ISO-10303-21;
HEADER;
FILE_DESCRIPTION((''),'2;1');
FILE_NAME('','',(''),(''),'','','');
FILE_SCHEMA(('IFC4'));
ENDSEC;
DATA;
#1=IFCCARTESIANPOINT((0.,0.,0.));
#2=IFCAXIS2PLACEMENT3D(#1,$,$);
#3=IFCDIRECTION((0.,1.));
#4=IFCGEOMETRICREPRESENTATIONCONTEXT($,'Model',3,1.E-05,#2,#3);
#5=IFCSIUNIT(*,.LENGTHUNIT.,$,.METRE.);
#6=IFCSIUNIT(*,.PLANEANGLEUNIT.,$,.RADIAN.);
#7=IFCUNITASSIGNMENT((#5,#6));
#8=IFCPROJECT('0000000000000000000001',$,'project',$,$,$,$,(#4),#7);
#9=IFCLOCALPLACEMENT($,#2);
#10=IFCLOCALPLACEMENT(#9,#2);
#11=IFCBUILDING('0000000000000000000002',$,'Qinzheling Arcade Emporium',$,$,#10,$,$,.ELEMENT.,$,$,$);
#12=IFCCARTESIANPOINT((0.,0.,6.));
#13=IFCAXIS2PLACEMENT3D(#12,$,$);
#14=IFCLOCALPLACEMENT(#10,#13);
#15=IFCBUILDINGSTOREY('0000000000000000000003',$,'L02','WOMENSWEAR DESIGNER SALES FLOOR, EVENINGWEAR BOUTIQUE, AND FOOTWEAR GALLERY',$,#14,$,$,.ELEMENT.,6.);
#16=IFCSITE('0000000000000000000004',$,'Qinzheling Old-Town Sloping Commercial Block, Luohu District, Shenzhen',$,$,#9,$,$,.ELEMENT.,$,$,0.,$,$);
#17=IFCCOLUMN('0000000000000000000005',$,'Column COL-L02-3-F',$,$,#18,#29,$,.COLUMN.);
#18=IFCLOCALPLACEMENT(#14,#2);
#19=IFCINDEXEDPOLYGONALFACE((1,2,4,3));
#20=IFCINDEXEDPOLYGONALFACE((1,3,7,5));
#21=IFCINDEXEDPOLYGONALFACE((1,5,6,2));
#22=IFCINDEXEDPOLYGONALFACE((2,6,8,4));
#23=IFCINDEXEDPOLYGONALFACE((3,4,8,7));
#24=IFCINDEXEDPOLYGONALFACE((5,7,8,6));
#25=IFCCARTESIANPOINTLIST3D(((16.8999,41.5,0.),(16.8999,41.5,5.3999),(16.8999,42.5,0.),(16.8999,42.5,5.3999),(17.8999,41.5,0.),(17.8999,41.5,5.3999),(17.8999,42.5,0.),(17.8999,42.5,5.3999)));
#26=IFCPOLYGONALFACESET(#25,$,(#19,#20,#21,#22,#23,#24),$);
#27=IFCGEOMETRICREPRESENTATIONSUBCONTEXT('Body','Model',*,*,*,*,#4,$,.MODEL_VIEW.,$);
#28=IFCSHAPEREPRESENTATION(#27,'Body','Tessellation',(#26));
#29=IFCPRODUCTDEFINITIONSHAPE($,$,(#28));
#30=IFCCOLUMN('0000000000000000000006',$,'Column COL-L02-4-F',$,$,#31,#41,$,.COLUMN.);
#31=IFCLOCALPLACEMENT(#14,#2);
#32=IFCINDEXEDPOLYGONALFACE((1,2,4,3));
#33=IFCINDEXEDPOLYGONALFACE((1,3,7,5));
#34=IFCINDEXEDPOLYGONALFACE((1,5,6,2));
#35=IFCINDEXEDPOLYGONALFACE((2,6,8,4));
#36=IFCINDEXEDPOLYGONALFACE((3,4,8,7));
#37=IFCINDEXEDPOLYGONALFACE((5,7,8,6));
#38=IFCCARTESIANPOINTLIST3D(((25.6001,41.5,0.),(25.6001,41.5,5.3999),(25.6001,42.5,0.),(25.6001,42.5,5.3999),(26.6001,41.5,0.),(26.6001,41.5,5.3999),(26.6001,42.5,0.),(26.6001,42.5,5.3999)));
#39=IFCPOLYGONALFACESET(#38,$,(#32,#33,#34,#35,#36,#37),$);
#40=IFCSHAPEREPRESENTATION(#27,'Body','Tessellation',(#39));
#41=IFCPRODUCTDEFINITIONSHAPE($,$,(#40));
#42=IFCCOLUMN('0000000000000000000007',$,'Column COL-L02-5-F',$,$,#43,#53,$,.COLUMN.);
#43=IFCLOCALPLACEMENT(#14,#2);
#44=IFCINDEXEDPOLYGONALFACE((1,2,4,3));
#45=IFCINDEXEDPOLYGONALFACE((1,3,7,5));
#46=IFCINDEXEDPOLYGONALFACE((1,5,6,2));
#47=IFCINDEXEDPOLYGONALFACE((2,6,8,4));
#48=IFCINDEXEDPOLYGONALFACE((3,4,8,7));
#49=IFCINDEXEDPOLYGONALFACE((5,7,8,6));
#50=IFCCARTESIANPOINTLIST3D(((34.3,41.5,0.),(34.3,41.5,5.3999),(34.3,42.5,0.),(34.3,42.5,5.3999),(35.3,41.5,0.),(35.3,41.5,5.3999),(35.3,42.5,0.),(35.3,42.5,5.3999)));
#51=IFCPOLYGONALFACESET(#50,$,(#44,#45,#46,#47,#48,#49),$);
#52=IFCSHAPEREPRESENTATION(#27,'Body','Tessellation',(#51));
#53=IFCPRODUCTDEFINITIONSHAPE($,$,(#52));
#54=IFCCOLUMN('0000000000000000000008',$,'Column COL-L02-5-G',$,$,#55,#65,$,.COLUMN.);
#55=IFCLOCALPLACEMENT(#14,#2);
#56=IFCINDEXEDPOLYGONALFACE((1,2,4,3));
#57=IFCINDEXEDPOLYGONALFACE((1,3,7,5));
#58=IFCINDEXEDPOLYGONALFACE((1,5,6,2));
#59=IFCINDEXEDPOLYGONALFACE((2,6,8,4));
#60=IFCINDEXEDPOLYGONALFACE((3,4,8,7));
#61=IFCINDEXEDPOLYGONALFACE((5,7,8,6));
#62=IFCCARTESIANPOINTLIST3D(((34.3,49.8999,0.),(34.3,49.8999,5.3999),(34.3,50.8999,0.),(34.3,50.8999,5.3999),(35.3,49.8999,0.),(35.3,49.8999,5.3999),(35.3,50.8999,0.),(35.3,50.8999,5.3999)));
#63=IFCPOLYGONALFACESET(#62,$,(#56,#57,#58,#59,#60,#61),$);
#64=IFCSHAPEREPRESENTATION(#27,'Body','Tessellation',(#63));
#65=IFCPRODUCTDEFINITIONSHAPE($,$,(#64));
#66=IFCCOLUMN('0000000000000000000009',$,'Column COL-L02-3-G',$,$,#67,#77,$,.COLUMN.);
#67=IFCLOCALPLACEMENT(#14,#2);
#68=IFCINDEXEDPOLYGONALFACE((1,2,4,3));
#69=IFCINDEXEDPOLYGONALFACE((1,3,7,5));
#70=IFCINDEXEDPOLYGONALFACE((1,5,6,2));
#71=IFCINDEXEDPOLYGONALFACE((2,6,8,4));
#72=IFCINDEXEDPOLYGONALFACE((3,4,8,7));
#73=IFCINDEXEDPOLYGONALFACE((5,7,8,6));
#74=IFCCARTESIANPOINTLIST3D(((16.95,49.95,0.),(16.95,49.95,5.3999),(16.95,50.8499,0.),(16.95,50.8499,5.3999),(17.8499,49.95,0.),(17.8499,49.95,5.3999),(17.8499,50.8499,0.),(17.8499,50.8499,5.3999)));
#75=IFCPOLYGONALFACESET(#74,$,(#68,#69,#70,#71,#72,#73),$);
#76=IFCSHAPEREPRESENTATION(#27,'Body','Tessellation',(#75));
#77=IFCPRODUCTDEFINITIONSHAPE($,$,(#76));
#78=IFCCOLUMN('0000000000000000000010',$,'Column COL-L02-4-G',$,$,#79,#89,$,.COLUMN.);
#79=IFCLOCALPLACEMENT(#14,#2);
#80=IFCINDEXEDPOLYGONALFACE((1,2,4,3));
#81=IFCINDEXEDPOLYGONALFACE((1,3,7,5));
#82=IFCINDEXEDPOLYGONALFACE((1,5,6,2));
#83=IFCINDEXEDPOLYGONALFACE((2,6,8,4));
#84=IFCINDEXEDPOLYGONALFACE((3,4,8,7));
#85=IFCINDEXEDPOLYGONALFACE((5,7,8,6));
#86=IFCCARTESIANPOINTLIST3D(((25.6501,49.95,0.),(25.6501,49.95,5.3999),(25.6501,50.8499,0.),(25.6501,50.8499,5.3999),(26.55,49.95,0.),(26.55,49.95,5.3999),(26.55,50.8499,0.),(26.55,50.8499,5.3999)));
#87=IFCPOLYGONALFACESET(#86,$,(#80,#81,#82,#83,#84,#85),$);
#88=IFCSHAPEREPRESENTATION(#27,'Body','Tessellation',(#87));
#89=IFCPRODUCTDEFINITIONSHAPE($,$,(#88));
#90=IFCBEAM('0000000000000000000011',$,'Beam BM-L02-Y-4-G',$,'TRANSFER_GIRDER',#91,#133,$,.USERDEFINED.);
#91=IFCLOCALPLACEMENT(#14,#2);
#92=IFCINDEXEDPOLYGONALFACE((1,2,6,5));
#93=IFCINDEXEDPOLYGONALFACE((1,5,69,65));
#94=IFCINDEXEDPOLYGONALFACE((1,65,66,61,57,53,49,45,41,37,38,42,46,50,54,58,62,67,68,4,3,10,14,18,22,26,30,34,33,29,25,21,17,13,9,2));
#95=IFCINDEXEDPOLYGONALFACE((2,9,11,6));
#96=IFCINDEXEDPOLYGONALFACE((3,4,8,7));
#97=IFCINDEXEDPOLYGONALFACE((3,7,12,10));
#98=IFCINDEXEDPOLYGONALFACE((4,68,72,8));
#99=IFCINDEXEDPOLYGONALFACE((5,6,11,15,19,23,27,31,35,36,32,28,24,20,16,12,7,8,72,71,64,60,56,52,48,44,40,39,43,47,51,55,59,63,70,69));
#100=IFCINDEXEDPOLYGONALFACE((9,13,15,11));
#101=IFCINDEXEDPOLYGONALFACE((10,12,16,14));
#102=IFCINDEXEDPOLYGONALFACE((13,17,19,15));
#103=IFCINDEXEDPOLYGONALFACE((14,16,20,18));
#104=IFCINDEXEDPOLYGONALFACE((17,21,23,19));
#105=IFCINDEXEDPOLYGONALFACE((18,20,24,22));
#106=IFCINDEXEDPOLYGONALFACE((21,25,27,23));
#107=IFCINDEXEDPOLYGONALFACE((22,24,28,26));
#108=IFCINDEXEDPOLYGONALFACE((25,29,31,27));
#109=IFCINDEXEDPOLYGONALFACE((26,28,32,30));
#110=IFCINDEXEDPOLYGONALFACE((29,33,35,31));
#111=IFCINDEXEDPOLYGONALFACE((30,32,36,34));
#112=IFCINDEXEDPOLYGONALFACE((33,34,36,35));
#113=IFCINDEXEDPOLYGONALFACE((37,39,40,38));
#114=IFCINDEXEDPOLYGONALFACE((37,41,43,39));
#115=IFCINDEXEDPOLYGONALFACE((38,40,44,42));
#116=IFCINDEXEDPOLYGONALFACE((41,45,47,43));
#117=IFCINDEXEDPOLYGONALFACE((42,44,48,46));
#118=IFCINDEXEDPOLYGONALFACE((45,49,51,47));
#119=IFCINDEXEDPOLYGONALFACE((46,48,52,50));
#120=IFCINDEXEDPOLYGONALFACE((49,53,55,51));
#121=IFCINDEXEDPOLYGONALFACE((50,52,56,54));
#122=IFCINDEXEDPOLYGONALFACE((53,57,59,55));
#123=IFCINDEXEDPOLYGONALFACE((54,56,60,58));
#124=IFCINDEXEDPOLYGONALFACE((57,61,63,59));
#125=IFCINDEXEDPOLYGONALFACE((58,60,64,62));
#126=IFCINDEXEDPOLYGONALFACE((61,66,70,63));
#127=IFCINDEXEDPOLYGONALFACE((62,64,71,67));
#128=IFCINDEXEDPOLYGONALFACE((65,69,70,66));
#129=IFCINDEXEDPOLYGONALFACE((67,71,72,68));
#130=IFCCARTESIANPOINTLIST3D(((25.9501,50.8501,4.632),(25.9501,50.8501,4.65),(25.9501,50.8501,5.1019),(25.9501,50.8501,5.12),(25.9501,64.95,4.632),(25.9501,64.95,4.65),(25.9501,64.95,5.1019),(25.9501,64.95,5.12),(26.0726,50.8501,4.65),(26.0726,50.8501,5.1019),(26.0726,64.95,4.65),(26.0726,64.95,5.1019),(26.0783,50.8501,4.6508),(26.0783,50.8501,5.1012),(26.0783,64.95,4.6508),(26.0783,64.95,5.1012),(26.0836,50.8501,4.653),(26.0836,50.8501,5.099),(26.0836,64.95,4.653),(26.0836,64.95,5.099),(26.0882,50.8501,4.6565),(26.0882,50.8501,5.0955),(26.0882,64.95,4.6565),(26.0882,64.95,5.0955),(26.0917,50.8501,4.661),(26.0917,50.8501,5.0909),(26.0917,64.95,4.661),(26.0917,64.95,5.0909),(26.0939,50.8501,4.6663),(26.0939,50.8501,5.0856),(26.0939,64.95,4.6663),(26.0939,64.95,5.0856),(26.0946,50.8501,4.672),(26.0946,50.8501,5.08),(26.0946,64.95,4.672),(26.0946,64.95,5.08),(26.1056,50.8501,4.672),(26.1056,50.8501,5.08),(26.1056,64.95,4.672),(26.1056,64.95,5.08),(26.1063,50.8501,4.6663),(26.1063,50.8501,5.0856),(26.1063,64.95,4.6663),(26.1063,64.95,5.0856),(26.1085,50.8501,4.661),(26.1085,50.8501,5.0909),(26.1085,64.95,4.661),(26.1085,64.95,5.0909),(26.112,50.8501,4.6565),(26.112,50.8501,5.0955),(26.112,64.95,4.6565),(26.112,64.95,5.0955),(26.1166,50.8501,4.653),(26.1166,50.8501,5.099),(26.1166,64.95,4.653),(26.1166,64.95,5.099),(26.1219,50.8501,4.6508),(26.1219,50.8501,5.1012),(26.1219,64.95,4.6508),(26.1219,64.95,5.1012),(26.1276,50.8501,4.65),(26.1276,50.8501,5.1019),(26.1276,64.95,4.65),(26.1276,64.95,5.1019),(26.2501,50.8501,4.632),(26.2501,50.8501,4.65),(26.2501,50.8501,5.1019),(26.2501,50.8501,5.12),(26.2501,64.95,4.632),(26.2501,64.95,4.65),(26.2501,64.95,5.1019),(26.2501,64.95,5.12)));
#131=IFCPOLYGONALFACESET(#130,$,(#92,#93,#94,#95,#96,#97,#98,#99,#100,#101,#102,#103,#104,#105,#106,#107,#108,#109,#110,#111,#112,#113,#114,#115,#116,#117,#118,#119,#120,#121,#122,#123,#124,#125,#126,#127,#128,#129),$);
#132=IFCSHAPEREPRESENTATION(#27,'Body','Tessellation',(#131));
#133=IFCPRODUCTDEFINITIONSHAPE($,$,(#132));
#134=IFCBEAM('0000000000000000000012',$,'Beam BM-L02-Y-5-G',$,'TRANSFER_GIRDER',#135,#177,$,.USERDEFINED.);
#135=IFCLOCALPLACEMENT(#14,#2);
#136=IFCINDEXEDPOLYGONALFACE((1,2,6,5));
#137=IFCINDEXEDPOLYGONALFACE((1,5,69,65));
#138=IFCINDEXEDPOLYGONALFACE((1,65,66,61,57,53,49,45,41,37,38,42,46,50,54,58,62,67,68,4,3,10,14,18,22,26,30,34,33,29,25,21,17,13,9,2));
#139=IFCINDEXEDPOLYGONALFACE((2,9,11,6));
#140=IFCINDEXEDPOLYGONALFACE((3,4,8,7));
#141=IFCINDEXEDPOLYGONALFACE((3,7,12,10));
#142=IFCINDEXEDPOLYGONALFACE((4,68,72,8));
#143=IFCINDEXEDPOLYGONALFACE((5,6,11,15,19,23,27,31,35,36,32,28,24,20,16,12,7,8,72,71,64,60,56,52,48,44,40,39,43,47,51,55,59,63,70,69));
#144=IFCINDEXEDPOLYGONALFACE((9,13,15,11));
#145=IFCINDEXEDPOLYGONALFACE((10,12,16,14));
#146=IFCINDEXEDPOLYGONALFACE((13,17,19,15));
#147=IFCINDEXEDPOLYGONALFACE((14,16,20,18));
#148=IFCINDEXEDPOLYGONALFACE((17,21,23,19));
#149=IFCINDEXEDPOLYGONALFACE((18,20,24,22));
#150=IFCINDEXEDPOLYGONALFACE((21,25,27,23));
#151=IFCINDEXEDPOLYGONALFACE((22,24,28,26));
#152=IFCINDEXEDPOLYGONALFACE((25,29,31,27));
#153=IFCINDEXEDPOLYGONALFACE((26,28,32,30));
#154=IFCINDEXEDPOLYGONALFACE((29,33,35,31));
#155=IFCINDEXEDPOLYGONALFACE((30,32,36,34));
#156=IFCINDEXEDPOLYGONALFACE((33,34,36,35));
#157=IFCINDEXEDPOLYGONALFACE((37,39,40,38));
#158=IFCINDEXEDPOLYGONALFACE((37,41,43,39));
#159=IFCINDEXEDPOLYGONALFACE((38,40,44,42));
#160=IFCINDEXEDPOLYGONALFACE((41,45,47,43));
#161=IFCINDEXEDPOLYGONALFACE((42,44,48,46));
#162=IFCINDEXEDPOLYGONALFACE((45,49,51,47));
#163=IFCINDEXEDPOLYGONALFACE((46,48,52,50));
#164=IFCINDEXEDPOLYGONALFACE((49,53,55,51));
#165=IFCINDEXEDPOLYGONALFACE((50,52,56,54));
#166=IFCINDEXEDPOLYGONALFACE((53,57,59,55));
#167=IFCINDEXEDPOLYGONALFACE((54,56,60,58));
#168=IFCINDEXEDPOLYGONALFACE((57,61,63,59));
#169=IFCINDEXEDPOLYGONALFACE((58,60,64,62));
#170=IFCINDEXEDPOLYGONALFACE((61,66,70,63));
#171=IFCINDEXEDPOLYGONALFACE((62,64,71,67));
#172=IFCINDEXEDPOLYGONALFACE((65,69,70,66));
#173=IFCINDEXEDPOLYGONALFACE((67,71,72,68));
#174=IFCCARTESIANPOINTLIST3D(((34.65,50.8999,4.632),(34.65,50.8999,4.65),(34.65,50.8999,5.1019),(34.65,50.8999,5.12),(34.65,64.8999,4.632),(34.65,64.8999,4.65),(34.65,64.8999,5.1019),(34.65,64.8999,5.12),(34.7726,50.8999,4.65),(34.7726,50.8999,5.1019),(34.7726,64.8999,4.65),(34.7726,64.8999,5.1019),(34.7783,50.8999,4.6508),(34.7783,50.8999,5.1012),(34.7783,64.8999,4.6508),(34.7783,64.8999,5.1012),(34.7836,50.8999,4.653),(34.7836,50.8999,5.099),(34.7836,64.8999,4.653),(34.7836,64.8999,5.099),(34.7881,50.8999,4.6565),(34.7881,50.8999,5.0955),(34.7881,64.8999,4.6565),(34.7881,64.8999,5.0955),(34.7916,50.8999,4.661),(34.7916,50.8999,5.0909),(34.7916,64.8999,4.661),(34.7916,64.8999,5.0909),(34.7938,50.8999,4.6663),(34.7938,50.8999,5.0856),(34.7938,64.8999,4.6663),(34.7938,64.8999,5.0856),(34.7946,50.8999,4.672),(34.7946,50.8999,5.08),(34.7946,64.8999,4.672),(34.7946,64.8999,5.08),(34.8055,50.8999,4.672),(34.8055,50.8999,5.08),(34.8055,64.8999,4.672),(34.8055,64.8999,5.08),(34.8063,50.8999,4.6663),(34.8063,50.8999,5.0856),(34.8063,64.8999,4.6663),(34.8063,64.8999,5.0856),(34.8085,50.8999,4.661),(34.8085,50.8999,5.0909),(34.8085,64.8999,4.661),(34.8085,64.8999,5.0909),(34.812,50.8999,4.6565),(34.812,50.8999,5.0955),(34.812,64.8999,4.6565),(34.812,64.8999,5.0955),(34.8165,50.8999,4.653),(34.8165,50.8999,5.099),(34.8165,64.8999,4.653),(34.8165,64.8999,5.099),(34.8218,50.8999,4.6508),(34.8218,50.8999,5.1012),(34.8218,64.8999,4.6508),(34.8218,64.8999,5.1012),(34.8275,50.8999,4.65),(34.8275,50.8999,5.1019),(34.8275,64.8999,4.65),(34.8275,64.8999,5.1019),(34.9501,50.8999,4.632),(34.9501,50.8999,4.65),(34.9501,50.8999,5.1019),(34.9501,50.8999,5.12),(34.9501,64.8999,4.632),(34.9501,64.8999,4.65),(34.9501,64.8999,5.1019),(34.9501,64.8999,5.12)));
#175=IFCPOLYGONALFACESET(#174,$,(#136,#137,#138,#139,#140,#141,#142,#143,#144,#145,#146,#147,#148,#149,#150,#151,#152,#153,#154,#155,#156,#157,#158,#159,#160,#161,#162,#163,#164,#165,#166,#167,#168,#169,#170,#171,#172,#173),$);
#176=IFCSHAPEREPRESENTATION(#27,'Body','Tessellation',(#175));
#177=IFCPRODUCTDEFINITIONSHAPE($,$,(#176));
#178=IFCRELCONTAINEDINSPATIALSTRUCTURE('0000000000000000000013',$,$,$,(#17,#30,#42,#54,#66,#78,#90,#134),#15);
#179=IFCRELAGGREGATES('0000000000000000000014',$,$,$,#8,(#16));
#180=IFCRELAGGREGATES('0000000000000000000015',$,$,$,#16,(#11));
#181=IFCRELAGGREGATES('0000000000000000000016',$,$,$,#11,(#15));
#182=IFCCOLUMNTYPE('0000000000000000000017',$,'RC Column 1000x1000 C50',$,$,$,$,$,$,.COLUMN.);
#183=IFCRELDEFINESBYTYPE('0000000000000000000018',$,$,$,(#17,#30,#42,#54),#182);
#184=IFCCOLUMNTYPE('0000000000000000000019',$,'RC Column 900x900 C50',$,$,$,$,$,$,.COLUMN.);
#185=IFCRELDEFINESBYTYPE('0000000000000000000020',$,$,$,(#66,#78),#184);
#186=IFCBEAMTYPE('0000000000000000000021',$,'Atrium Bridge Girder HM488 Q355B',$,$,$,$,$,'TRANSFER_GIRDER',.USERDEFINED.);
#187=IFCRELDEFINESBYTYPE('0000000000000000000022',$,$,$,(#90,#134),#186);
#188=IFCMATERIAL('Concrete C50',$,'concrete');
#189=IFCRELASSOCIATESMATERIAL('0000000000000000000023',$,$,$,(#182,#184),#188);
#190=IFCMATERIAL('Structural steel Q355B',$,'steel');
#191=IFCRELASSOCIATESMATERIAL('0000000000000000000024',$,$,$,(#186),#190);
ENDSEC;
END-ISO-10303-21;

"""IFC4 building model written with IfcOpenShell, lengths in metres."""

from ifc_helpers import new_model, si_unit, direction, frame, origin, origin_2d, place, context, subcontext, project, spatial, rectangle, i_section, extrude, material, material_profile, profile_set, type_object, element, save


model = new_model("IFC4")

# Units and contexts
model_context = context("Model", 3, precision=1e-05, world=origin(), true_north=direction((0.0, 1.0)))
body_context = subcontext(model_context, "Body", "Model", "MODEL_VIEW")
ifc_project = project(units=[si_unit("LENGTHUNIT", "METRE"), si_unit("PLANEANGLEUNIT", "RADIAN")], contexts=[model_context])

# Site, building, storey
site_placement = place(None, origin())
site = spatial("IfcSite", under=ifc_project, at=site_placement, Name="Qinzheling Old-Town Sloping Commercial Block, Luohu District, Shenzhen", CompositionType="ELEMENT", RefElevation=0.0)
building_placement = place(site_placement, origin())
building = spatial("IfcBuilding", under=site, at=building_placement, Name="Qinzheling Arcade Emporium", CompositionType="ELEMENT")
storey_placement = place(building_placement, frame((0.0, 0.0, 6.0)))
storey = spatial("IfcBuildingStorey", under=building, at=storey_placement, Name="L02", Description="WOMENSWEAR DESIGNER SALES FLOOR, EVENINGWEAR BOUTIQUE, AND FOOTWEAR GALLERY", CompositionType="ELEMENT", Elevation=6.0)

# Columns
ifc_material_1 = material(Name="Concrete C50", Category="concrete")
ifc_material_profile_1 = material_profile(ifc_material_1, rectangle(XDim=1.0, YDim=1.0, at=origin_2d()), Name="RC 1000x1000", Category="concrete")
ifc_profile_set_1 = profile_set([ifc_material_profile_1], Name="Concrete C50")
column_type_1 = type_object("IfcColumnType", Name="RC Column 1000x1000 C50", PredefinedType="COLUMN", material=ifc_profile_set_1)
for number, where, z_axis, x_axis, name in (
    (1, (17.3999, 42.0, 0.0), (0.0, 0.0, 1.0), (1.0, 0.0, 0.0), "Column COL-L02-3-F"),
    (2, (26.1001, 42.0, 0.0), (0.0, 0.0, 1.0), (1.0, 0.0, 0.0), "Column COL-L02-4-F"),
    (3, (34.8, 42.0, 0.0), (0.0, 0.0, 1.0), (1.0, 0.0, 0.0), "Column COL-L02-5-F"),
    (4, (34.8, 50.3999, 0.0), (0.0, 0.0, 1.0), (1.0, 0.0, 0.0), "Column COL-L02-5-G"),
):
    element("IfcColumn", number, at=place(storey_placement, frame(where, z_axis=z_axis, x_axis=x_axis)), inside=storey, type_object=column_type_1, Name=name, PredefinedType="COLUMN", context=body_context, shape_type="SweptSolid", body=[
        extrude(rectangle(XDim=1.0, YDim=1.0, at=origin_2d()), origin(), (0.0, 0.0, 1.0), 5.3999),
    ])
ifc_material_profile_2 = material_profile(ifc_material_1, rectangle(XDim=0.8999, YDim=0.8999, at=origin_2d()), Name="RC 900x900", Category="concrete")
ifc_profile_set_2 = profile_set([ifc_material_profile_2], Name="Concrete C50")
column_type_2 = type_object("IfcColumnType", Name="RC Column 900x900 C50", PredefinedType="COLUMN", material=ifc_profile_set_2)
for number, where, z_axis, x_axis, name in (
    (5, (17.3999, 50.3999, 0.0), (0.0, 0.0, 1.0), (1.0, 0.0, 0.0), "Column COL-L02-3-G"),
    (6, (26.1001, 50.3999, 0.0), (0.0, 0.0, 1.0), (1.0, 0.0, 0.0), "Column COL-L02-4-G"),
):
    element("IfcColumn", number, at=place(storey_placement, frame(where, z_axis=z_axis, x_axis=x_axis)), inside=storey, type_object=column_type_2, Name=name, PredefinedType="COLUMN", context=body_context, shape_type="SweptSolid", body=[
        extrude(rectangle(XDim=0.8999, YDim=0.8999, at=origin_2d()), origin(), (0.0, 0.0, 1.0), 5.3999),
    ])

# Beams
ifc_material_2 = material(Name="Structural steel Q355B", Category="steel")
ifc_material_profile_3 = material_profile(ifc_material_2, i_section(OverallWidth=0.3, OverallDepth=0.488, WebThickness=0.011, FlangeThickness=0.0181, FilletRadius=0.022, at=origin_2d()), Name="HM 488x300x11x18", Category="steel")
ifc_profile_set_3 = profile_set([ifc_material_profile_3], Name="Structural steel Q355B")
beam_type_1 = type_object("IfcBeamType", Name="Atrium Bridge Girder HM488 Q355B", ElementType="TRANSFER_GIRDER", PredefinedType="USERDEFINED", material=ifc_profile_set_3)
beam_1_placement = place(storey_placement, frame((26.1001, 50.8501, 4.876), z_axis=(0.0, 1.0, 0.0), x_axis=(-1.0, 0.0, 0.0)))
element("IfcBeam", 7, at=beam_1_placement, inside=storey, type_object=beam_type_1, Name="Beam BM-L02-Y-4-G", ObjectType="TRANSFER_GIRDER", PredefinedType="USERDEFINED", context=body_context, shape_type="SweptSolid", body=[
    extrude(i_section(OverallWidth=0.3, OverallDepth=0.488, WebThickness=0.011, FlangeThickness=0.0181, FilletRadius=0.022, at=origin_2d()), origin(), (0.0, 0.0, 1.0), 14.0999),
])
beam_2_placement = place(storey_placement, frame((34.8, 50.8999, 4.876), z_axis=(0.0, 1.0, 0.0), x_axis=(-1.0, 0.0, 0.0)))
element("IfcBeam", 8, at=beam_2_placement, inside=storey, type_object=beam_type_1, Name="Beam BM-L02-Y-5-G", ObjectType="TRANSFER_GIRDER", PredefinedType="USERDEFINED", context=body_context, shape_type="SweptSolid", body=[
    extrude(i_section(OverallWidth=0.3, OverallDepth=0.488, WebThickness=0.011, FlangeThickness=0.0181, FilletRadius=0.022, at=origin_2d()), origin(), (0.0, 0.0, 1.0), 14.0),
])

save(model, "model.ifc")
